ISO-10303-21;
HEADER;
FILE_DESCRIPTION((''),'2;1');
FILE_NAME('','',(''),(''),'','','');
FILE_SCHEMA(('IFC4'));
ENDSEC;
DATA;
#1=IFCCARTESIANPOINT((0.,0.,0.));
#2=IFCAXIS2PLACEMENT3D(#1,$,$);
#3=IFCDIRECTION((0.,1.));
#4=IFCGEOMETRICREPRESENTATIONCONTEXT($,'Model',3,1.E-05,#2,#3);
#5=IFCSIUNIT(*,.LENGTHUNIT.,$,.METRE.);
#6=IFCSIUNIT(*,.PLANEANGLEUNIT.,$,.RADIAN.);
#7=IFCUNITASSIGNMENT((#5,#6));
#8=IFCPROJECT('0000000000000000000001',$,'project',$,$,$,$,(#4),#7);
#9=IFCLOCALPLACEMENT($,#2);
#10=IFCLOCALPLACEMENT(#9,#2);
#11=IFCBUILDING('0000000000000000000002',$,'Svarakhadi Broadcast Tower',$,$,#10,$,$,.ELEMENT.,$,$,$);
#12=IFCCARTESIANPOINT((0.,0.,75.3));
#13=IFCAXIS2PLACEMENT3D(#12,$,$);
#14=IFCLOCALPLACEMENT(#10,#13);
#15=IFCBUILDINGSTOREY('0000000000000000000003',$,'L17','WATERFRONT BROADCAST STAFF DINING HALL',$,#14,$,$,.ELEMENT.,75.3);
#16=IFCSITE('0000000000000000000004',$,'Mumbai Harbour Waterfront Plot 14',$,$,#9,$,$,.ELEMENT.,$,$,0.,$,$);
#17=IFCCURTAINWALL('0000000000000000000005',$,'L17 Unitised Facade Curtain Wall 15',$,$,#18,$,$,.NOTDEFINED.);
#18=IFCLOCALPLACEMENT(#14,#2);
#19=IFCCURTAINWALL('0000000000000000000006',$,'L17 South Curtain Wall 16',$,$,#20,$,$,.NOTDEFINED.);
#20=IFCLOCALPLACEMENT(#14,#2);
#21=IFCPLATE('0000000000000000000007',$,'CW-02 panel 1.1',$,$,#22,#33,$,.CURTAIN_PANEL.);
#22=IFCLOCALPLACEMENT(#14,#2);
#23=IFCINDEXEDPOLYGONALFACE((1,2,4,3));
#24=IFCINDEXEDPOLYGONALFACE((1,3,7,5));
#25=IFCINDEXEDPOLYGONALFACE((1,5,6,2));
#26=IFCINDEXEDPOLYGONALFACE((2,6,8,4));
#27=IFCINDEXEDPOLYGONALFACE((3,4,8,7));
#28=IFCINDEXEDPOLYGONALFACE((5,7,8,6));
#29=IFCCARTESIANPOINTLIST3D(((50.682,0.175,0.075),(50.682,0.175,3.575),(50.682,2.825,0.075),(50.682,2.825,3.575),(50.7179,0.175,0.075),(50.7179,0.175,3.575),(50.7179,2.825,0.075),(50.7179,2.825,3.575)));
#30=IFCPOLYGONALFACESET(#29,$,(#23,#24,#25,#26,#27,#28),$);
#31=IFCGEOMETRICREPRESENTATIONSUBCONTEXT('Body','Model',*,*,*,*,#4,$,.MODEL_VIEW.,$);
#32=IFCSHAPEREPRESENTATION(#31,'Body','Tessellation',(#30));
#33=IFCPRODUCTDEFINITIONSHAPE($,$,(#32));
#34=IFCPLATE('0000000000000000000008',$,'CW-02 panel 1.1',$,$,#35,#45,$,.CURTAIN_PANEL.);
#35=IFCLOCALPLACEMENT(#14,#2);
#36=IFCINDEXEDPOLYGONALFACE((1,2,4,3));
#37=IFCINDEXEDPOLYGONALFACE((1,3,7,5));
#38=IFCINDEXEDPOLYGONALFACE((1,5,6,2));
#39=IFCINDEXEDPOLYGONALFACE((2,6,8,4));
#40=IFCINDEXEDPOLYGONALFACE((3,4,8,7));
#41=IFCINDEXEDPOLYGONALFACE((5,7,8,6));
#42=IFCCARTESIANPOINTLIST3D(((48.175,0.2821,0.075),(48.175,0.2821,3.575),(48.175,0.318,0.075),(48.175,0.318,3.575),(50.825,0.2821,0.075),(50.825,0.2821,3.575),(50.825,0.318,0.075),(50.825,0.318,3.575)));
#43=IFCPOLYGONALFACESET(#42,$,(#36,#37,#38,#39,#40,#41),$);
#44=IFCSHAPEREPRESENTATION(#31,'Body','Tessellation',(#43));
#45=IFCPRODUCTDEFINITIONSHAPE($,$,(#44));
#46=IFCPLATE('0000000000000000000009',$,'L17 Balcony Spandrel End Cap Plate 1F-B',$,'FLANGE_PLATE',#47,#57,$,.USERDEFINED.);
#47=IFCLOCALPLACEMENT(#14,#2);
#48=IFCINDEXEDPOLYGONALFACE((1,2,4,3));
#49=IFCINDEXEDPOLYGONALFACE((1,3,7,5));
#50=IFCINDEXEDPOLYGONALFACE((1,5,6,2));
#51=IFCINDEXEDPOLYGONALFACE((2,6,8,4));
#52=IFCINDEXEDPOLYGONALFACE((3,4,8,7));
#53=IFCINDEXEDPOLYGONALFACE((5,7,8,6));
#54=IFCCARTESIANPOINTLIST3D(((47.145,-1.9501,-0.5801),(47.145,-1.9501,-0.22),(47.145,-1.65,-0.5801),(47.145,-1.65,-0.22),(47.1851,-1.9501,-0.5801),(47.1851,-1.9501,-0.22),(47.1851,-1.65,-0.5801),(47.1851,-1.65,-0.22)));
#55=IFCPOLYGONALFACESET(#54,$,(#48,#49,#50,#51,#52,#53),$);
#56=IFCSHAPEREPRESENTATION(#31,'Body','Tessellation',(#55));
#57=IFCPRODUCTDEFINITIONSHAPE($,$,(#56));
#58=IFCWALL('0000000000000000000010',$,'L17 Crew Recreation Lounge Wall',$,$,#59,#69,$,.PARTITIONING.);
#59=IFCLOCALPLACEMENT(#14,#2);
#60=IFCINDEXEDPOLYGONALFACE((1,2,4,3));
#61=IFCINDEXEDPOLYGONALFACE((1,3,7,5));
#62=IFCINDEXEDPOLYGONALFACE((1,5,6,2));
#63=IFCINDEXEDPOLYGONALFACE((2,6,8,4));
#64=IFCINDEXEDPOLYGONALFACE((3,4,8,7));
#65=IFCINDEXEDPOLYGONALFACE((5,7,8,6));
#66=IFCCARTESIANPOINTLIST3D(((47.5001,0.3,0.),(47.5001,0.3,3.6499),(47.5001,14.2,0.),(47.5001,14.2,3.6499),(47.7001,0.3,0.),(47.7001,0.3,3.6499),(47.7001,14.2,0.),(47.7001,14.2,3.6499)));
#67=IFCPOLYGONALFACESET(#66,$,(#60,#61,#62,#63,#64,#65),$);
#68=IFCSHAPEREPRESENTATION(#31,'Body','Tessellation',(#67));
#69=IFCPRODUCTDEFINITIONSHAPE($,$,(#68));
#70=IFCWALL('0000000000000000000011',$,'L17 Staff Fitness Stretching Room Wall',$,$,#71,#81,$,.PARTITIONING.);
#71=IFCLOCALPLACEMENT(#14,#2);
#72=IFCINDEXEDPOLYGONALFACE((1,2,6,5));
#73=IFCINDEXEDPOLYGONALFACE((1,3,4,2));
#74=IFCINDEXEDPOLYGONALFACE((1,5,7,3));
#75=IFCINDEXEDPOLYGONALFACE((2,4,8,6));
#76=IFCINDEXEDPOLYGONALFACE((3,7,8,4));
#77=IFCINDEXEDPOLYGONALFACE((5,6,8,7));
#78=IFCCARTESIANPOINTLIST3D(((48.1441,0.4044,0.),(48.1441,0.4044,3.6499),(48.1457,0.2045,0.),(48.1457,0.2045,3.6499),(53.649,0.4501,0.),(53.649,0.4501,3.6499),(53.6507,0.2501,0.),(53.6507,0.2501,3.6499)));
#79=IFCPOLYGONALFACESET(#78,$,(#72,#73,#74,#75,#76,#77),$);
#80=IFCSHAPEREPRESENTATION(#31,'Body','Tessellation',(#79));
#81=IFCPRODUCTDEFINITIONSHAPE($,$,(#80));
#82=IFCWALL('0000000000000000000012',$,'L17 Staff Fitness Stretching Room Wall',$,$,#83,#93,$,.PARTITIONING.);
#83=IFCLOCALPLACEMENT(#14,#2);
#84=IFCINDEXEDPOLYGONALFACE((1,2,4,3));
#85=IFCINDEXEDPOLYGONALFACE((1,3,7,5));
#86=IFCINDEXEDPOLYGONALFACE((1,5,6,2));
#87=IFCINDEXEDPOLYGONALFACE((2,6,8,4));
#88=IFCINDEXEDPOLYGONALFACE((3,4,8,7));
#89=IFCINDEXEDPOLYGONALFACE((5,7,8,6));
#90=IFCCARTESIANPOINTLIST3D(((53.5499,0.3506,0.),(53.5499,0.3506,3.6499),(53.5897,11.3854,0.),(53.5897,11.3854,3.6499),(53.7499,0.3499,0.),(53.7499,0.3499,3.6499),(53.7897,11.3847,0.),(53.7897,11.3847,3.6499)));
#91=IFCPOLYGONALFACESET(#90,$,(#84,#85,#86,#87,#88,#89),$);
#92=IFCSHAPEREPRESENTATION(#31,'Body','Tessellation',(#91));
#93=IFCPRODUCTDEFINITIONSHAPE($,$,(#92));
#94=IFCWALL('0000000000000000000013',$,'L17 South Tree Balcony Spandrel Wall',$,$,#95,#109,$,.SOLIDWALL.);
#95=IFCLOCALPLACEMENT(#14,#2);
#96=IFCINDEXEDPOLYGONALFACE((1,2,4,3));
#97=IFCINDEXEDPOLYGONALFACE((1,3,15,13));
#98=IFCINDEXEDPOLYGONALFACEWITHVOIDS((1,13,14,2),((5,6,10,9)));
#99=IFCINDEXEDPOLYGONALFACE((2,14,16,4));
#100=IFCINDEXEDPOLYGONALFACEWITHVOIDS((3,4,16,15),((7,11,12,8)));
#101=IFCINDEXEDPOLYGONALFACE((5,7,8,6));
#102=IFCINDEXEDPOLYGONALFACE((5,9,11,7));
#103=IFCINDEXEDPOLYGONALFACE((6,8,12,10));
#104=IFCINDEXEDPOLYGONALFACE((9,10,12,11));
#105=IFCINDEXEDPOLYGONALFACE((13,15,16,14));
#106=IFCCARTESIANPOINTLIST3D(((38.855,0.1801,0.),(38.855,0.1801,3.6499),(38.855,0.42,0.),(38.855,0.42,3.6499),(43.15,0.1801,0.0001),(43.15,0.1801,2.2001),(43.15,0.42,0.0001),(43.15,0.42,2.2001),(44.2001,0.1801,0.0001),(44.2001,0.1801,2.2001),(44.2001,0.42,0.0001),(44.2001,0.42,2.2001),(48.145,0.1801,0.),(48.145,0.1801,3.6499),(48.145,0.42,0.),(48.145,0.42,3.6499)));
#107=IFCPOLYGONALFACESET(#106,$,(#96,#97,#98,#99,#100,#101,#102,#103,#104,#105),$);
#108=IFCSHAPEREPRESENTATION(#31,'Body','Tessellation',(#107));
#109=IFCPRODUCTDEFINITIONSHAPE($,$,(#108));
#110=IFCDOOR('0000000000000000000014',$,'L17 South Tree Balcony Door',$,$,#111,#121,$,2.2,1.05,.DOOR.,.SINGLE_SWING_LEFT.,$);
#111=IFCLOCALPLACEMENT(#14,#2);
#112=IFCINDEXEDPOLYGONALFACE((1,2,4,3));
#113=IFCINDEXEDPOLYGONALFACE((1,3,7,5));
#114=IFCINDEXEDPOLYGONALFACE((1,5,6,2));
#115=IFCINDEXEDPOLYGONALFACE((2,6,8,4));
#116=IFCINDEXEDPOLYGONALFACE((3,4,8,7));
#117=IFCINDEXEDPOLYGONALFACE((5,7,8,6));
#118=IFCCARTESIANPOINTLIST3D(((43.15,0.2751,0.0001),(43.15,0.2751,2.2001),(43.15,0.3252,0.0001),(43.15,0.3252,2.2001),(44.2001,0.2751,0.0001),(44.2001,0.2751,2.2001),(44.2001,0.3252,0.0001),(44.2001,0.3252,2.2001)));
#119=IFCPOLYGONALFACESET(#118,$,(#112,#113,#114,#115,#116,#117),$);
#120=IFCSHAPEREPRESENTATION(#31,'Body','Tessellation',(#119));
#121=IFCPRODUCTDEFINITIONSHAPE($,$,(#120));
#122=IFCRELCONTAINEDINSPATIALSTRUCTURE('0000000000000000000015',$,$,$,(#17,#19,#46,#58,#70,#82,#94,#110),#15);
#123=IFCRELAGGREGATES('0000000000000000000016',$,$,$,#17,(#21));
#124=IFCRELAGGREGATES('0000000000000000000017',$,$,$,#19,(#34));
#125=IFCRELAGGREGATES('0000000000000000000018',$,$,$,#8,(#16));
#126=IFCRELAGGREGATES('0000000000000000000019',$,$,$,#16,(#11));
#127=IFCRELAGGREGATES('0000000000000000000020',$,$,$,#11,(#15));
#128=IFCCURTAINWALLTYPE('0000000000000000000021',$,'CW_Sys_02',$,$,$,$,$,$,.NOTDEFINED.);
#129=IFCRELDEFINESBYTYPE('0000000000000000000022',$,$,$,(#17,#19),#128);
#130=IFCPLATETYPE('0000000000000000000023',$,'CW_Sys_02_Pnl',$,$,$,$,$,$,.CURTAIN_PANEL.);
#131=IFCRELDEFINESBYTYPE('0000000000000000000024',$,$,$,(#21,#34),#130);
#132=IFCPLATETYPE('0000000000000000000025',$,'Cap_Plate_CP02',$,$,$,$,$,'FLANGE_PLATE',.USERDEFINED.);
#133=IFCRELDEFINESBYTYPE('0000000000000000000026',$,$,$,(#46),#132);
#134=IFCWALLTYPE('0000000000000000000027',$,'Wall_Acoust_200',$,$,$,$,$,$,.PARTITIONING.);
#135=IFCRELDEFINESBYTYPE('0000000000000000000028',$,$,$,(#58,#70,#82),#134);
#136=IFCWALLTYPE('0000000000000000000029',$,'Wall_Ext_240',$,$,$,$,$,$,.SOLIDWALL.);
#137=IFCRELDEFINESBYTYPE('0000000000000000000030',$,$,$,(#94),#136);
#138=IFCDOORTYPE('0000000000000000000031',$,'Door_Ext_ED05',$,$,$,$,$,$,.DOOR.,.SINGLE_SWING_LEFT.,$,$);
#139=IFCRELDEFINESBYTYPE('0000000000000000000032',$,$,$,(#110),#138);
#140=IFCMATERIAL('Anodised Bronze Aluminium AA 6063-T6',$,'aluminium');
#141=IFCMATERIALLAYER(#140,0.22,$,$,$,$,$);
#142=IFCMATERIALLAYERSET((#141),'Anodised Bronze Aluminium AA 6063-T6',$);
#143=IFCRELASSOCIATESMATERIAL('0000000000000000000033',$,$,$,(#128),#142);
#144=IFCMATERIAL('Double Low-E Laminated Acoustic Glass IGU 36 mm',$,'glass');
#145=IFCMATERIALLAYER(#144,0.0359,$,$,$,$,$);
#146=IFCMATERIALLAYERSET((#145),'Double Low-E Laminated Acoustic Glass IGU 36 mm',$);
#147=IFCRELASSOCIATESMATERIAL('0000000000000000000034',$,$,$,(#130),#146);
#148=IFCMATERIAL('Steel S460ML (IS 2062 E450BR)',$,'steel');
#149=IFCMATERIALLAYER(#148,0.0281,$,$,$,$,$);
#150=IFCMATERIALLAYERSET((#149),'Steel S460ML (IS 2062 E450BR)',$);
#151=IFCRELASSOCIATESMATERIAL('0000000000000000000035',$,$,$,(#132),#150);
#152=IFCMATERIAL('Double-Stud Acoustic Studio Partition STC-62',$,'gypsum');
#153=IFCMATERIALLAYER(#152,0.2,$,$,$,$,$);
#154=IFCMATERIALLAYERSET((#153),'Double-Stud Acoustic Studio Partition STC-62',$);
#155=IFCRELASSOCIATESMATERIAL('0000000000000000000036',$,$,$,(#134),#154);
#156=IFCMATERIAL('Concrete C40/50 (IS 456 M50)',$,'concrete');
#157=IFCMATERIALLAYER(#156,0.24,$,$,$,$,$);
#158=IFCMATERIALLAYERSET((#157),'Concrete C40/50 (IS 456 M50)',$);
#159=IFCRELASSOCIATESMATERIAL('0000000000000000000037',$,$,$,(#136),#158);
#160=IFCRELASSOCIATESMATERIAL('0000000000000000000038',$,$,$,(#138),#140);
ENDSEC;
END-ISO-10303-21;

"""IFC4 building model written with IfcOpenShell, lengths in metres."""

from ifc_helpers import new_model, si_unit, direction, frame, frame_2d, origin, origin_2d, place, context, subcontext, project, spatial, rectangle, extrude, material, layer, layer_set, type_object, element, fill, aggregate, save


model = new_model("IFC4")

# Units and contexts
model_context = context("Model", 3, precision=1e-05, world=origin(), true_north=direction((0.0, 1.0)))
body_context = subcontext(model_context, "Body", "Model", "MODEL_VIEW")
ifc_project = project(units=[si_unit("LENGTHUNIT", "METRE"), si_unit("PLANEANGLEUNIT", "RADIAN")], contexts=[model_context])

# Site, building, storey
site_placement = place(None, origin())
site = spatial("IfcSite", under=ifc_project, at=site_placement, Name="Mumbai Harbour Waterfront Plot 14", CompositionType="ELEMENT", RefElevation=0.0)
building_placement = place(site_placement, origin())
building = spatial("IfcBuilding", under=site, at=building_placement, Name="Svarakhadi Broadcast Tower", CompositionType="ELEMENT")
storey_placement = place(building_placement, frame((0.0, 0.0, 75.3)))
storey = spatial("IfcBuildingStorey", under=building, at=storey_placement, Name="L17", Description="WATERFRONT BROADCAST STAFF DINING HALL", CompositionType="ELEMENT", Elevation=75.3)

# Shared definitions
ifc_material_1 = material(Name="Steel S460ML (IS 2062 E450BR)", Category="steel")

# Curtain walls
ifc_material_2 = material(Name="Anodised Bronze Aluminium AA 6063-T6", Category="aluminium")
ifc_layer_1 = layer(ifc_material_2, 0.22)
ifc_layer_set_1 = layer_set([ifc_layer_1], Name="Anodised Bronze Aluminium AA 6063-T6")
curtain_wall_type = type_object("IfcCurtainWallType", Name="CW_Sys_02", PredefinedType="NOTDEFINED", material=ifc_layer_set_1)
curtain_wall_1_placement = place(storey_placement, origin())
curtain_wall_1 = element("IfcCurtainWall", 1, at=curtain_wall_1_placement, inside=storey, type_object=curtain_wall_type, Name="L17 Unitised Facade Curtain Wall 15", PredefinedType="NOTDEFINED")
curtain_wall_2_placement = place(storey_placement, origin())
curtain_wall_2 = element("IfcCurtainWall", 2, at=curtain_wall_2_placement, inside=storey, type_object=curtain_wall_type, Name="L17 South Curtain Wall 16", PredefinedType="NOTDEFINED")

# Plates
ifc_material_3 = material(Name="Double Low-E Laminated Acoustic Glass IGU 36 mm", Category="glass")
ifc_layer_2 = layer(ifc_material_3, 0.0359)
ifc_layer_set_2 = layer_set([ifc_layer_2], Name="Double Low-E Laminated Acoustic Glass IGU 36 mm")
plate_type_1 = type_object("IfcPlateType", Name="CW_Sys_02_Pnl", PredefinedType="CURTAIN_PANEL", material=ifc_layer_set_2)
plate_1_placement = place(storey_placement, frame((50.7, 1.5, 0.075), z_axis=(0.0, 0.0, 1.0), x_axis=(0.0, -1.0, 0.0)))
plate_1 = element("IfcPlate", 3, at=plate_1_placement, type_object=plate_type_1, Name="CW-02 panel 1.1", PredefinedType="CURTAIN_PANEL", context=body_context, shape_type="SweptSolid", body=[
    extrude(rectangle(XDim=2.6499, YDim=0.0359, at=origin_2d()), origin(), (0.0, 0.0, 1.0), 3.5),
])
aggregate(curtain_wall_1, [plate_1])
plate_2_placement = place(storey_placement, frame((49.5, 0.3, 0.075), z_axis=(0.0, 0.0, 1.0), x_axis=(-1.0, 0.0, 0.0)))
plate_2 = element("IfcPlate", 4, at=plate_2_placement, type_object=plate_type_1, Name="CW-02 panel 1.1", PredefinedType="CURTAIN_PANEL", context=body_context, shape_type="SweptSolid", body=[
    extrude(rectangle(XDim=2.6499, YDim=0.0359, at=origin_2d()), origin(), (0.0, 0.0, 1.0), 3.5),
])
aggregate(curtain_wall_2, [plate_2])
ifc_layer_3 = layer(ifc_material_1, 0.0281)
ifc_layer_set_3 = layer_set([ifc_layer_3], Name="Steel S460ML (IS 2062 E450BR)")
plate_type_2 = type_object("IfcPlateType", Name="Cap_Plate_CP02", ElementType="FLANGE_PLATE", PredefinedType="USERDEFINED", material=ifc_layer_set_3)
plate_3_placement = place(storey_placement, frame((47.165, -1.8, -0.5801), z_axis=(0.0, 0.0, 1.0), x_axis=(1.0, 0.0, 0.0)))
element("IfcPlate", 5, at=plate_3_placement, inside=storey, type_object=plate_type_2, Name="L17 Balcony Spandrel End Cap Plate 1F-B", ObjectType="FLANGE_PLATE", PredefinedType="USERDEFINED", context=body_context, shape_type="SweptSolid", body=[
    extrude(rectangle(XDim=0.04, YDim=0.3, at=origin_2d()), origin(), (0.0, 0.0, 1.0), 0.3601),
])

# Walls
ifc_material_4 = material(Name="Double-Stud Acoustic Studio Partition STC-62", Category="gypsum")
ifc_layer_4 = layer(ifc_material_4, 0.2)
ifc_layer_set_4 = layer_set([ifc_layer_4], Name="Double-Stud Acoustic Studio Partition STC-62")
wall_type_1 = type_object("IfcWallType", Name="Wall_Acoust_200", PredefinedType="PARTITIONING", material=ifc_layer_set_4)
wall_1_placement = place(storey_placement, frame((47.6001, 0.3, 0.0), z_axis=(0.0, 0.0, 1.0), x_axis=(0.0, 1.0, 0.0)))
element("IfcWall", 6, at=wall_1_placement, inside=storey, type_object=wall_type_1, Name="L17 Crew Recreation Lounge Wall", PredefinedType="PARTITIONING", context=body_context, shape_type="SweptSolid", body=[
    extrude(rectangle(XDim=13.8999, YDim=0.2, at=frame_2d((6.95, 0.0))), origin(), (0.0, 0.0, 1.0), 3.6499),
])
wall_2_placement = place(storey_placement, frame((48.145, 0.3044, 0.0), z_axis=(0.0, 0.0, 1.0), x_axis=(0.999966, 0.008293, 0.0)))
element("IfcWall", 7, at=wall_2_placement, inside=storey, type_object=wall_type_1, Name="L17 Staff Fitness Stretching Room Wall", PredefinedType="PARTITIONING", context=body_context, shape_type="SweptSolid", body=[
    extrude(rectangle(XDim=5.5051, YDim=0.2, at=frame_2d((2.7524, 0.0))), origin(), (0.0, 0.0, 1.0), 3.6499),
])
wall_3_placement = place(storey_placement, frame((53.6499, 0.3501, 0.0), z_axis=(0.0, 0.0, 1.0), x_axis=(0.003606, 0.999993, 0.0)))
element("IfcWall", 8, at=wall_3_placement, inside=storey, type_object=wall_type_1, Name="L17 Staff Fitness Stretching Room Wall", PredefinedType="PARTITIONING", context=body_context, shape_type="SweptSolid", body=[
    extrude(rectangle(XDim=11.0349, YDim=0.2, at=frame_2d((5.5176, 0.0))), origin(), (0.0, 0.0, 1.0), 3.6499),
])

# Wall, opening, door
ifc_material_5 = material(Name="Concrete C40/50 (IS 456 M50)", Category="concrete")
ifc_layer_5 = layer(ifc_material_5, 0.24)
ifc_layer_set_5 = layer_set([ifc_layer_5], Name="Concrete C40/50 (IS 456 M50)")
wall_type_2 = type_object("IfcWallType", Name="Wall_Ext_240", PredefinedType="SOLIDWALL", material=ifc_layer_set_5)
wall_4_placement = place(storey_placement, frame((48.145, 0.3, 0.0), z_axis=(0.0, 0.0, 1.0), x_axis=(-1.0, 0.0, 0.0)))
wall_4 = element("IfcWall", 9, at=wall_4_placement, inside=storey, type_object=wall_type_2, Name="L17 South Tree Balcony Spandrel Wall", PredefinedType="SOLIDWALL", context=body_context, shape_type="SweptSolid", body=[
    extrude(rectangle(XDim=9.29, YDim=0.24, at=frame_2d((4.645, 0.0))), origin(), (0.0, 0.0, 1.0), 3.6499),
])
opening_placement = place(wall_4_placement, frame((3.9451, 0.0, 0.0)))
opening = element("IfcOpeningElement", 10, at=opening_placement, cuts=wall_4, PredefinedType="OPENING", context=body_context, shape_type="SweptSolid", body=[
    extrude(rectangle(XDim=1.05, YDim=2.2, at=frame_2d((0.5249, 1.1001))), frame((0.0, 0.1299, 0.0), z_axis=(0.0, -1.0, 0.0), x_axis=(1.0, 0.0, 0.0)), (0.0, 0.0, 1.0), 0.26),
])
door_type = type_object("IfcDoorType", Name="Door_Ext_ED05", OperationType="SINGLE_SWING_LEFT", PredefinedType="DOOR", material=ifc_material_2)
door_placement = place(opening_placement, origin())
door = element("IfcDoor", 11, at=door_placement, inside=storey, type_object=door_type, Name="L17 South Tree Balcony Door", OperationType="SINGLE_SWING_LEFT", OverallHeight=2.2, OverallWidth=1.05, PredefinedType="DOOR", context=body_context, shape_type="SweptSolid", body=[
    extrude(rectangle(XDim=1.05, YDim=2.2, at=frame_2d((0.5249, 1.1001))), frame((0.0, 0.0249, 0.0), z_axis=(0.0, -1.0, 0.0), x_axis=(1.0, 0.0, 0.0)), (0.0, 0.0, 1.0), 0.05),
])
fill(opening, door)

save(model, "model.ifc")
